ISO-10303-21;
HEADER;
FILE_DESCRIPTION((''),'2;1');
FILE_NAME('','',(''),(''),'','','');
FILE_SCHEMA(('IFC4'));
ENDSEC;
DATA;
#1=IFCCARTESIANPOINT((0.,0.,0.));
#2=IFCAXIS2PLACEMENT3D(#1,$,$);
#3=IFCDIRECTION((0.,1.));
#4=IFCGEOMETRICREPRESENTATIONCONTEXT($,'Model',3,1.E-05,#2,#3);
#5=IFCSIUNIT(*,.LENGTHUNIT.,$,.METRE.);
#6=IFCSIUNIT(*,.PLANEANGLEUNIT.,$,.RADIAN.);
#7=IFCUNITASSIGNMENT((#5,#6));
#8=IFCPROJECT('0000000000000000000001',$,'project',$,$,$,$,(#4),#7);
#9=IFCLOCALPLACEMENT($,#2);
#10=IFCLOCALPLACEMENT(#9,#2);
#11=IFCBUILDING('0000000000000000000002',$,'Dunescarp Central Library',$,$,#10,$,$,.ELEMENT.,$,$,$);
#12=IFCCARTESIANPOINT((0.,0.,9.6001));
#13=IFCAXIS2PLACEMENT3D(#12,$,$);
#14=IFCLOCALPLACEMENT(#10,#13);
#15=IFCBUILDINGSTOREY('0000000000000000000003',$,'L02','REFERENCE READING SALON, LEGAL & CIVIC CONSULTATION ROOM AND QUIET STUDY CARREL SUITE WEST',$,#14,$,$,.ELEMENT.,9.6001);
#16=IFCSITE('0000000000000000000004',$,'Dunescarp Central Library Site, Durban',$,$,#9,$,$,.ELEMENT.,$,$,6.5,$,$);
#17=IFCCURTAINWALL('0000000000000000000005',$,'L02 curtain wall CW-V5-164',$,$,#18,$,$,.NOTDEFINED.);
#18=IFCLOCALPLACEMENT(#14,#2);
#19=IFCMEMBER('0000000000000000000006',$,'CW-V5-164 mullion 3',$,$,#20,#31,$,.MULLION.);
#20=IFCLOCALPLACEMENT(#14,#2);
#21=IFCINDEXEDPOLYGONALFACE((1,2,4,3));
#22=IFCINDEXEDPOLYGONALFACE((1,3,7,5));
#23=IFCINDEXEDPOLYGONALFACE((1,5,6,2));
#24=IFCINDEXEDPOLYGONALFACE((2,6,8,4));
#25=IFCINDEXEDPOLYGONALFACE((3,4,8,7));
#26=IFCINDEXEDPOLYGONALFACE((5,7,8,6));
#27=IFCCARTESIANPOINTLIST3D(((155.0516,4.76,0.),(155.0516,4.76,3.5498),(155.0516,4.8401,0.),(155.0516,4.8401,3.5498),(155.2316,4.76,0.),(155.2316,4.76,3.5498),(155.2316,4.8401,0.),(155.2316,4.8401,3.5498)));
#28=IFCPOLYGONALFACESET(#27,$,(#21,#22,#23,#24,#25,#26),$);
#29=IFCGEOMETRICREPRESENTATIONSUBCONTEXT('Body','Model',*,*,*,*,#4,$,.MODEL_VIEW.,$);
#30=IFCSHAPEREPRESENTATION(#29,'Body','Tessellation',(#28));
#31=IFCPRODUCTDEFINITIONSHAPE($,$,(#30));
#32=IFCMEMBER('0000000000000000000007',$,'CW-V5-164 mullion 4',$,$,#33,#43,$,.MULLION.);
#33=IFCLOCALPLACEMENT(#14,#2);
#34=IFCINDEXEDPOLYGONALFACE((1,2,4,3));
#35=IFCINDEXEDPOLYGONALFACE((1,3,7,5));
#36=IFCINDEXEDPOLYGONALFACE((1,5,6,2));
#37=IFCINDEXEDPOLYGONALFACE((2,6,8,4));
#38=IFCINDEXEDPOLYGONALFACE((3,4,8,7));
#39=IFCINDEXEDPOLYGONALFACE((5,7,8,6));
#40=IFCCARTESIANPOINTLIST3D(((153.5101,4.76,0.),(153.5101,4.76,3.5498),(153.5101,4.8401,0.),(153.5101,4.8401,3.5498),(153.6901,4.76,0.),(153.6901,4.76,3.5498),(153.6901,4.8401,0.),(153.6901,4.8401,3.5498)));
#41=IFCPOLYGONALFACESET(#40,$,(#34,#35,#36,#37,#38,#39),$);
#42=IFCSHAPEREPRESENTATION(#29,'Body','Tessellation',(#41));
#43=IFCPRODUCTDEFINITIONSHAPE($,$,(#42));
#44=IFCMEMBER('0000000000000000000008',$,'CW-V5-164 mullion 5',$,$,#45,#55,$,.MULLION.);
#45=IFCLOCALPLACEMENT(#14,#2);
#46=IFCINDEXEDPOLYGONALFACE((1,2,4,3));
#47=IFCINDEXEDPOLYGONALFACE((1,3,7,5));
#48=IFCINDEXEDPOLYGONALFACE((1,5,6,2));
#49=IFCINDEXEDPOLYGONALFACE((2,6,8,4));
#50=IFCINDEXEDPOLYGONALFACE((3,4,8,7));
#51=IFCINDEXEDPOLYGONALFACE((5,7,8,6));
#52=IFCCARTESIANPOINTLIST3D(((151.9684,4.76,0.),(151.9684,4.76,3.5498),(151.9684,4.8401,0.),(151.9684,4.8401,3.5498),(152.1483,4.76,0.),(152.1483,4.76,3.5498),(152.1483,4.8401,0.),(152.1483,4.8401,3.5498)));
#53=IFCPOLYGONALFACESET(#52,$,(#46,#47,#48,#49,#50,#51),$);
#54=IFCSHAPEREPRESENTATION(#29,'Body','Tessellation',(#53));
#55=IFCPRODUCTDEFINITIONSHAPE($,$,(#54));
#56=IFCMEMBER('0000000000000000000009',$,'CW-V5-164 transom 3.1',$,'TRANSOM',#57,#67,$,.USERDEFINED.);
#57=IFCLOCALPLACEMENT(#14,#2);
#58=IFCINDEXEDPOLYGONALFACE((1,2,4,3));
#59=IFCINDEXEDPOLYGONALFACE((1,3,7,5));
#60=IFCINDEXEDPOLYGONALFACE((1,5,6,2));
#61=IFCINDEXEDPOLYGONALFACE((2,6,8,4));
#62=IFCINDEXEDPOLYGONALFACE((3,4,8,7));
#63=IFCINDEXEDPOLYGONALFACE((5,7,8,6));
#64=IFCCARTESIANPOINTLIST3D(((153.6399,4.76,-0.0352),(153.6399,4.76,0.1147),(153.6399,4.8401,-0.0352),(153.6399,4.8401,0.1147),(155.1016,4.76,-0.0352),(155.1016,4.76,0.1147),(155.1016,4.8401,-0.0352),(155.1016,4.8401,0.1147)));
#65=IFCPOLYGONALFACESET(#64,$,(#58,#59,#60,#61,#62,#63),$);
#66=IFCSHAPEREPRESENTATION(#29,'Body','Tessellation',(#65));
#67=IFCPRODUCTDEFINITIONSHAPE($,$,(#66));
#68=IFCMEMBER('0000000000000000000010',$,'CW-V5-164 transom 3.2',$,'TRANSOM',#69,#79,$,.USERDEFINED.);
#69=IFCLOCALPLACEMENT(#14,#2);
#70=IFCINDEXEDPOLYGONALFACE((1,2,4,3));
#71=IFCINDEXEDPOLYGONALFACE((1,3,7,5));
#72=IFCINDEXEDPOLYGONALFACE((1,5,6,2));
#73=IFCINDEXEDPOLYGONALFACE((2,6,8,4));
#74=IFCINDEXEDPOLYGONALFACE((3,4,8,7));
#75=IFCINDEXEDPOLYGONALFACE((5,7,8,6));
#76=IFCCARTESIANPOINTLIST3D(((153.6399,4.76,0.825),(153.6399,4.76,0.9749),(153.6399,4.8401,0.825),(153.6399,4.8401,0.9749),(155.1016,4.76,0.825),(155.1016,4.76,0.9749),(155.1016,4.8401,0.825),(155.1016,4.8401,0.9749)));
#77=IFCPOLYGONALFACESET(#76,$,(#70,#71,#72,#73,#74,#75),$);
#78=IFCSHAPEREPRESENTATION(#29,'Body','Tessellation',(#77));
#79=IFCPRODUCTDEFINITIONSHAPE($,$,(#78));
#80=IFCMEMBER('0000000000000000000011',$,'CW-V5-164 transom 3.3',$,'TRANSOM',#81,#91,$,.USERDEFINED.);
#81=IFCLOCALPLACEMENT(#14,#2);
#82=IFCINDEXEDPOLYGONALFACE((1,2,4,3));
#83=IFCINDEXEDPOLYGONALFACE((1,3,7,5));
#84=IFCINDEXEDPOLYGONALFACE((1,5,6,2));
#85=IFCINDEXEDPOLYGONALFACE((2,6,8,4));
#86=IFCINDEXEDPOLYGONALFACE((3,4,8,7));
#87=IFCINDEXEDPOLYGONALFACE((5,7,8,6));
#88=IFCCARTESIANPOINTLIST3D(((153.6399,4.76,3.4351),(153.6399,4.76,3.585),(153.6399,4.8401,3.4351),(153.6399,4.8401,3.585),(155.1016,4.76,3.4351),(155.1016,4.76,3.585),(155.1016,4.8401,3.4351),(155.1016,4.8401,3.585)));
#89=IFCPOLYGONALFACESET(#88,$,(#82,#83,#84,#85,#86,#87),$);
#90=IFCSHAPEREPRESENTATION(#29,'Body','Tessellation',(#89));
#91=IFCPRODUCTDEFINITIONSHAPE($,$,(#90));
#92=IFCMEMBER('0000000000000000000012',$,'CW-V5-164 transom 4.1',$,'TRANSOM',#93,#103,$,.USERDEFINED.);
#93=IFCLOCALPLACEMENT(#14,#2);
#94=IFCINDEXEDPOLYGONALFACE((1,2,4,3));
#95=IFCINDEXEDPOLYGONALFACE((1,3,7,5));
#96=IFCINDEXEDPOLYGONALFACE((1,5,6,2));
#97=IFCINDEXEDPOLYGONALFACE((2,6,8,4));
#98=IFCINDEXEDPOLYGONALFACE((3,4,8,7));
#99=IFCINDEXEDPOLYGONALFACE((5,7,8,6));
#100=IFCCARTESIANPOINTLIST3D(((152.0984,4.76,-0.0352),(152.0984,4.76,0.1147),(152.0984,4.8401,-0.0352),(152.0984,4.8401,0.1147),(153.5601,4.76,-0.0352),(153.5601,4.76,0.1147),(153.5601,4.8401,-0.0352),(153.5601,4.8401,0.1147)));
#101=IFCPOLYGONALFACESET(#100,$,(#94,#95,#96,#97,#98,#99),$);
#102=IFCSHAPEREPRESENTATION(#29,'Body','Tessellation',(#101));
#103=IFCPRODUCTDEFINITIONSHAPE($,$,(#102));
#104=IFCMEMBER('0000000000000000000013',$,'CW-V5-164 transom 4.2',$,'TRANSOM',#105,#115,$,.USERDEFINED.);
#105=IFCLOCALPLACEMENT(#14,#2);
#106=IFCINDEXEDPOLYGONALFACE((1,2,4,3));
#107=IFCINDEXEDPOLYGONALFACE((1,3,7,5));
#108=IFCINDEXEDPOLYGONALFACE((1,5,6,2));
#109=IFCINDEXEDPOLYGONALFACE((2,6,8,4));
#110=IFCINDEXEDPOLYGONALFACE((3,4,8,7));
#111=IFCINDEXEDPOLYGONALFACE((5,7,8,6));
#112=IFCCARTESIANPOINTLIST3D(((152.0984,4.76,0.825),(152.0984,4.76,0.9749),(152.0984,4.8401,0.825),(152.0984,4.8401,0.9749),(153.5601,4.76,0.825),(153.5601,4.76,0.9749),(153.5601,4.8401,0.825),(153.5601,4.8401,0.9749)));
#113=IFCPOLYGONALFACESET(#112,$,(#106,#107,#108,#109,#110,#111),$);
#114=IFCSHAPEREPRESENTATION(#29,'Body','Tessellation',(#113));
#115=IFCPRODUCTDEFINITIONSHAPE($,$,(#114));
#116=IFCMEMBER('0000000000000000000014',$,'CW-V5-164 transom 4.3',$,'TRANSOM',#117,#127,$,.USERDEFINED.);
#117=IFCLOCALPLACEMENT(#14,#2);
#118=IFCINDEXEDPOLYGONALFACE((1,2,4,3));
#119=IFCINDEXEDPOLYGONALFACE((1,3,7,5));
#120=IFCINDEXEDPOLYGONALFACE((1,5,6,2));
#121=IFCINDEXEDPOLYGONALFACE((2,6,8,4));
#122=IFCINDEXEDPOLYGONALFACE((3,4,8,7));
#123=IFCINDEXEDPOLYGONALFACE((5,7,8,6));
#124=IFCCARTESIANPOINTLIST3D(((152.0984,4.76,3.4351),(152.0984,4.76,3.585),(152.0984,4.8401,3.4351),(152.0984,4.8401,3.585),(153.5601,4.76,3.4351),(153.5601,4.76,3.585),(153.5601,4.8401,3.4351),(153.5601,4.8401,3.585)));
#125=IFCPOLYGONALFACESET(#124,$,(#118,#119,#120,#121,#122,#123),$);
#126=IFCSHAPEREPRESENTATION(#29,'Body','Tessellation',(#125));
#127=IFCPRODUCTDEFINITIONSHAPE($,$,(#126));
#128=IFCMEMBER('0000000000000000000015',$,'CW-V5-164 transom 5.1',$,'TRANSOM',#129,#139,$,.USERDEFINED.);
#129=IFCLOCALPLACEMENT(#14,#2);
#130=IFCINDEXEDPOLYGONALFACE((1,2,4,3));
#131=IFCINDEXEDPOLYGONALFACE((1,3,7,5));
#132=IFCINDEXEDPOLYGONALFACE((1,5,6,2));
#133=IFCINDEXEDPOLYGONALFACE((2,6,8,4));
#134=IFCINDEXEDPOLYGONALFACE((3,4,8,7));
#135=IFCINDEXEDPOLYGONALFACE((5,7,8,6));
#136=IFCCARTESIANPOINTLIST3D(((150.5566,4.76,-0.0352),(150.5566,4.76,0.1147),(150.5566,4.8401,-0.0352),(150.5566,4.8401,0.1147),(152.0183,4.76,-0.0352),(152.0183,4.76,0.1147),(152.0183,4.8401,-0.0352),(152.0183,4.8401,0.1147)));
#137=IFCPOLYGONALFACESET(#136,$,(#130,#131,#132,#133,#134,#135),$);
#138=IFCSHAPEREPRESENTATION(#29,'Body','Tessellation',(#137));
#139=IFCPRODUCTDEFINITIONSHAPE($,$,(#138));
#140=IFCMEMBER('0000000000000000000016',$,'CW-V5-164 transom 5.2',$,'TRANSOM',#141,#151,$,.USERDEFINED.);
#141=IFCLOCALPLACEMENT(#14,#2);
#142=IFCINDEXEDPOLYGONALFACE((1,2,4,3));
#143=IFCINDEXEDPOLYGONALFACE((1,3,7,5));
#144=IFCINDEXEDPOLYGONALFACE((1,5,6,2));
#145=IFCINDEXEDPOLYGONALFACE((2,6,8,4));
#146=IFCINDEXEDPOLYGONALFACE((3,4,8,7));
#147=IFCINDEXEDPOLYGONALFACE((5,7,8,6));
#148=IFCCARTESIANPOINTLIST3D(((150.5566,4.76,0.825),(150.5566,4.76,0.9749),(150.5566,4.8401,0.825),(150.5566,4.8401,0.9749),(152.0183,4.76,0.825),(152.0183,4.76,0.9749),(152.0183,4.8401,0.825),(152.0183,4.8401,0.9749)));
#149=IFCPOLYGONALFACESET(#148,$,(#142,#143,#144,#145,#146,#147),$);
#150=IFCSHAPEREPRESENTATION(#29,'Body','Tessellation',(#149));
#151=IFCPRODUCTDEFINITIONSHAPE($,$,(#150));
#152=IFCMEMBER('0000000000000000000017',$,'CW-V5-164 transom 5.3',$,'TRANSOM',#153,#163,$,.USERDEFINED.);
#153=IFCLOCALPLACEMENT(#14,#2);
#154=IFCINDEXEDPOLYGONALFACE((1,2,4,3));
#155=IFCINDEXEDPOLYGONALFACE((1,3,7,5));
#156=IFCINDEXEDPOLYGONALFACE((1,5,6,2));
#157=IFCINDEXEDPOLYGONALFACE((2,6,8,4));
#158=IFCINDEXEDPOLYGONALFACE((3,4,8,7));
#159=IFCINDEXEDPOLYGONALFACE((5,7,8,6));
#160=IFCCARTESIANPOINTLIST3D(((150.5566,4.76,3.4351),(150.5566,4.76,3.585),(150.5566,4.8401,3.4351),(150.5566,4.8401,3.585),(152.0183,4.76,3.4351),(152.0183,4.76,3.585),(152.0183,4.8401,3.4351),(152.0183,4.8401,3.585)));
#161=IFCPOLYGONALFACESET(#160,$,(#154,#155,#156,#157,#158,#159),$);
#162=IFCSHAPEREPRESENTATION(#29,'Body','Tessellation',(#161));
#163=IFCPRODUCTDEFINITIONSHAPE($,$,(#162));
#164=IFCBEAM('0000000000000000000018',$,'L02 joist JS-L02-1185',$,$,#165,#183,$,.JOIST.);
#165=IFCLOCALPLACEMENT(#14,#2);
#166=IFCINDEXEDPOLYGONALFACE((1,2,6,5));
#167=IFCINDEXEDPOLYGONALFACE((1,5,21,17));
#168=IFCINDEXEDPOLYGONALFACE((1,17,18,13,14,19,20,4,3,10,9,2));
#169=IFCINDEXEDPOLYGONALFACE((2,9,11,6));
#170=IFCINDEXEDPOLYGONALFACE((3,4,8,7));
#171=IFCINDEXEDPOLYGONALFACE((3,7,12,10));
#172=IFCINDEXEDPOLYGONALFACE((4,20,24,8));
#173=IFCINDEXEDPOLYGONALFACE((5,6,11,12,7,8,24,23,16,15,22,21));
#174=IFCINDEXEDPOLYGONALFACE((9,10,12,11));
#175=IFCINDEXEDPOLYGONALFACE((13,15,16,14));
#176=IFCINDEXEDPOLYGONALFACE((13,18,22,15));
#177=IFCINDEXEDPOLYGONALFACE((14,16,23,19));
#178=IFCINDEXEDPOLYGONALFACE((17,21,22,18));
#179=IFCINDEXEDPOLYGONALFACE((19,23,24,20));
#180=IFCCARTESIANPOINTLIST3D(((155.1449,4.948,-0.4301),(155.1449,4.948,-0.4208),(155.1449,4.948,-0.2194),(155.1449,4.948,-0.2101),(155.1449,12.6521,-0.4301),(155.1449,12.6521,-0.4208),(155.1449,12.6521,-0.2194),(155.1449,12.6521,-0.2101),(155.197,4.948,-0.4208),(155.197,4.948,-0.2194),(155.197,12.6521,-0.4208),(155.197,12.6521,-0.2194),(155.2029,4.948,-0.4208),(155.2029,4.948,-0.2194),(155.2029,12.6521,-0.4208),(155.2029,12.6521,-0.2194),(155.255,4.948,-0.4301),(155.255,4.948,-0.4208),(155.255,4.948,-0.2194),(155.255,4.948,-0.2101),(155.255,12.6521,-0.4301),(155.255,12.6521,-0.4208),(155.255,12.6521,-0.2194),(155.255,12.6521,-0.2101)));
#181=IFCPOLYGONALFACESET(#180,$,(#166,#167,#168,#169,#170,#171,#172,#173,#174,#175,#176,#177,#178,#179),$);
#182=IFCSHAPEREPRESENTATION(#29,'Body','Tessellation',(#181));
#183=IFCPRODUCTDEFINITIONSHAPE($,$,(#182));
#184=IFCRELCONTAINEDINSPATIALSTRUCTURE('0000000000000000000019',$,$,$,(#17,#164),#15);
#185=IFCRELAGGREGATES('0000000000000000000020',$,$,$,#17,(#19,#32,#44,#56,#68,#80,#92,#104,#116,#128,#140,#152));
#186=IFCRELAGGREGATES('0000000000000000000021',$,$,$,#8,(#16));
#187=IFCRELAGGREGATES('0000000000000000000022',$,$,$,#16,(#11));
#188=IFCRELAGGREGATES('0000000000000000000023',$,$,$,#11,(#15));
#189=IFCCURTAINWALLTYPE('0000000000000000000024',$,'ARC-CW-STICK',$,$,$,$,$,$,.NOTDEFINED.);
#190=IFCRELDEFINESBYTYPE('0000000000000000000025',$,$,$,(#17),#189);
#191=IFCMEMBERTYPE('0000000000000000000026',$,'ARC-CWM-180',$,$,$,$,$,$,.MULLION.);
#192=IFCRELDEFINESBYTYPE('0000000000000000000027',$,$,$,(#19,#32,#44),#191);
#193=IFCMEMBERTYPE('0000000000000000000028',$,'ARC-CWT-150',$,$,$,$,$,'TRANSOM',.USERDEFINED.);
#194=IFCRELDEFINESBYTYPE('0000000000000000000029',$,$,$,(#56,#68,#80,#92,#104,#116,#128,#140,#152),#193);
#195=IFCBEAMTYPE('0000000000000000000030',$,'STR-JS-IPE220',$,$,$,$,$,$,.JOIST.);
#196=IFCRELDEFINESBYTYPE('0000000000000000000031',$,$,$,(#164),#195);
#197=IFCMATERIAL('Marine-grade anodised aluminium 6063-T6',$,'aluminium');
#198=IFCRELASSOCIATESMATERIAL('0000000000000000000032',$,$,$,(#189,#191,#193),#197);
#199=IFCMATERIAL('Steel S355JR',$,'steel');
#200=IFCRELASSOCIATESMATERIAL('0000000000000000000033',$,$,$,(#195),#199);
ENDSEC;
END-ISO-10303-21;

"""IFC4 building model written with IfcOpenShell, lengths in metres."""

from ifc_helpers import new_model, si_unit, direction, frame, origin, origin_2d, place, context, subcontext, project, spatial, rectangle, i_section, extrude, material, material_profile, profile_set, type_object, element, aggregate, save


model = new_model("IFC4")

# Units and contexts
model_context = context("Model", 3, precision=1e-05, world=origin(), true_north=direction((0.0, 1.0)))
body_context = subcontext(model_context, "Body", "Model", "MODEL_VIEW")
ifc_project = project(units=[si_unit("LENGTHUNIT", "METRE"), si_unit("PLANEANGLEUNIT", "RADIAN")], contexts=[model_context])

# Site, building, storey
site_placement = place(None, origin())
site = spatial("IfcSite", under=ifc_project, at=site_placement, Name="Dunescarp Central Library Site, Durban", CompositionType="ELEMENT", RefElevation=6.5)
building_placement = place(site_placement, origin())
building = spatial("IfcBuilding", under=site, at=building_placement, Name="Dunescarp Central Library", CompositionType="ELEMENT")
storey_placement = place(building_placement, frame((0.0, 0.0, 9.6001)))
storey = spatial("IfcBuildingStorey", under=building, at=storey_placement, Name="L02", Description="REFERENCE READING SALON, LEGAL & CIVIC CONSULTATION ROOM AND QUIET STUDY CARREL SUITE WEST", CompositionType="ELEMENT", Elevation=9.6001)

# Curtain wall, members
ifc_material_1 = material(Name="Marine-grade anodised aluminium 6063-T6", Category="aluminium")
curtain_wall_type = type_object("IfcCurtainWallType", Name="ARC-CW-STICK", PredefinedType="NOTDEFINED", material=ifc_material_1)
curtain_wall_placement = place(storey_placement, origin())
curtain_wall = element("IfcCurtainWall", 1, at=curtain_wall_placement, inside=storey, type_object=curtain_wall_type, Name="L02 curtain wall CW-V5-164", PredefinedType="NOTDEFINED")
ifc_material_profile_1 = material_profile(ifc_material_1, rectangle(XDim=0.0801, YDim=0.1799, at=origin_2d()), Name="AL 80x180")
ifc_profile_set_1 = profile_set([ifc_material_profile_1], Name="Marine-grade anodised aluminium 6063-T6")
member_type_1 = type_object("IfcMemberType", Name="ARC-CWM-180", PredefinedType="MULLION", material=ifc_profile_set_1)
member_1_placement = place(storey_placement, frame((155.1416, 4.8, 0.0), z_axis=(0.0, 0.0, 1.0), x_axis=(0.0, -1.0, 0.0)))
member_1 = element("IfcMember", 2, at=member_1_placement, type_object=member_type_1, Name="CW-V5-164 mullion 3", PredefinedType="MULLION", context=body_context, shape_type="SweptSolid", body=[
    extrude(rectangle(XDim=0.0801, YDim=0.1799, at=origin_2d()), origin(), (0.0, 0.0, 1.0), 3.5498),
])
member_2_placement = place(storey_placement, frame((153.6001, 4.8, 0.0), z_axis=(0.0, 0.0, 1.0), x_axis=(0.0, -1.0, 0.0)))
member_2 = element("IfcMember", 3, at=member_2_placement, type_object=member_type_1, Name="CW-V5-164 mullion 4", PredefinedType="MULLION", context=body_context, shape_type="SweptSolid", body=[
    extrude(rectangle(XDim=0.0801, YDim=0.1799, at=origin_2d()), origin(), (0.0, 0.0, 1.0), 3.5498),
])
member_3_placement = place(storey_placement, frame((152.0583, 4.8, 0.0), z_axis=(0.0, 0.0, 1.0), x_axis=(0.0, -1.0, 0.0)))
member_3 = element("IfcMember", 4, at=member_3_placement, type_object=member_type_1, Name="CW-V5-164 mullion 5", PredefinedType="MULLION", context=body_context, shape_type="SweptSolid", body=[
    extrude(rectangle(XDim=0.0801, YDim=0.1799, at=origin_2d()), origin(), (0.0, 0.0, 1.0), 3.5498),
])
ifc_material_profile_2 = material_profile(ifc_material_1, rectangle(XDim=0.0801, YDim=0.1499, at=origin_2d()), Name="AL 80x150")
ifc_profile_set_2 = profile_set([ifc_material_profile_2], Name="Marine-grade anodised aluminium 6063-T6")
member_type_2 = type_object("IfcMemberType", Name="ARC-CWT-150", ElementType="TRANSOM", PredefinedType="USERDEFINED", material=ifc_profile_set_2)
member_4_placement = place(storey_placement, frame((155.1016, 4.8, 0.0398), z_axis=(-1.0, 0.0, 0.0), x_axis=(0.0, -1.0, 0.0)))
member_4 = element("IfcMember", 5, at=member_4_placement, type_object=member_type_2, Name="CW-V5-164 transom 3.1", ObjectType="TRANSOM", PredefinedType="USERDEFINED", context=body_context, shape_type="SweptSolid", body=[
    extrude(rectangle(XDim=0.0801, YDim=0.1499, at=origin_2d()), origin(), (0.0, 0.0, 1.0), 1.4617),
])
member_5_placement = place(storey_placement, frame((155.1016, 4.8, 0.8999), z_axis=(-1.0, 0.0, 0.0), x_axis=(0.0, -1.0, 0.0)))
member_5 = element("IfcMember", 6, at=member_5_placement, type_object=member_type_2, Name="CW-V5-164 transom 3.2", ObjectType="TRANSOM", PredefinedType="USERDEFINED", context=body_context, shape_type="SweptSolid", body=[
    extrude(rectangle(XDim=0.0801, YDim=0.1499, at=origin_2d()), origin(), (0.0, 0.0, 1.0), 1.4617),
])
member_6_placement = place(storey_placement, frame((155.1016, 4.8, 3.51), z_axis=(-1.0, 0.0, 0.0), x_axis=(0.0, -1.0, 0.0)))
member_6 = element("IfcMember", 7, at=member_6_placement, type_object=member_type_2, Name="CW-V5-164 transom 3.3", ObjectType="TRANSOM", PredefinedType="USERDEFINED", context=body_context, shape_type="SweptSolid", body=[
    extrude(rectangle(XDim=0.0801, YDim=0.1499, at=origin_2d()), origin(), (0.0, 0.0, 1.0), 1.4617),
])
member_7_placement = place(storey_placement, frame((153.5601, 4.8, 0.0398), z_axis=(-1.0, 0.0, 0.0), x_axis=(0.0, -1.0, 0.0)))
member_7 = element("IfcMember", 8, at=member_7_placement, type_object=member_type_2, Name="CW-V5-164 transom 4.1", ObjectType="TRANSOM", PredefinedType="USERDEFINED", context=body_context, shape_type="SweptSolid", body=[
    extrude(rectangle(XDim=0.0801, YDim=0.1499, at=origin_2d()), origin(), (0.0, 0.0, 1.0), 1.4617),
])
member_8_placement = place(storey_placement, frame((153.5601, 4.8, 0.8999), z_axis=(-1.0, 0.0, 0.0), x_axis=(0.0, -1.0, 0.0)))
member_8 = element("IfcMember", 9, at=member_8_placement, type_object=member_type_2, Name="CW-V5-164 transom 4.2", ObjectType="TRANSOM", PredefinedType="USERDEFINED", context=body_context, shape_type="SweptSolid", body=[
    extrude(rectangle(XDim=0.0801, YDim=0.1499, at=origin_2d()), origin(), (0.0, 0.0, 1.0), 1.4617),
])
member_9_placement = place(storey_placement, frame((153.5601, 4.8, 3.51), z_axis=(-1.0, 0.0, 0.0), x_axis=(0.0, -1.0, 0.0)))
member_9 = element("IfcMember", 10, at=member_9_placement, type_object=member_type_2, Name="CW-V5-164 transom 4.3", ObjectType="TRANSOM", PredefinedType="USERDEFINED", context=body_context, shape_type="SweptSolid", body=[
    extrude(rectangle(XDim=0.0801, YDim=0.1499, at=origin_2d()), origin(), (0.0, 0.0, 1.0), 1.4617),
])
member_10_placement = place(storey_placement, frame((152.0183, 4.8, 0.0398), z_axis=(-1.0, 0.0, 0.0), x_axis=(0.0, -1.0, 0.0)))
member_10 = element("IfcMember", 11, at=member_10_placement, type_object=member_type_2, Name="CW-V5-164 transom 5.1", ObjectType="TRANSOM", PredefinedType="USERDEFINED", context=body_context, shape_type="SweptSolid", body=[
    extrude(rectangle(XDim=0.0801, YDim=0.1499, at=origin_2d()), origin(), (0.0, 0.0, 1.0), 1.4617),
])
member_11_placement = place(storey_placement, frame((152.0183, 4.8, 0.8999), z_axis=(-1.0, 0.0, 0.0), x_axis=(0.0, -1.0, 0.0)))
member_11 = element("IfcMember", 12, at=member_11_placement, type_object=member_type_2, Name="CW-V5-164 transom 5.2", ObjectType="TRANSOM", PredefinedType="USERDEFINED", context=body_context, shape_type="SweptSolid", body=[
    extrude(rectangle(XDim=0.0801, YDim=0.1499, at=origin_2d()), origin(), (0.0, 0.0, 1.0), 1.4617),
])
member_12_placement = place(storey_placement, frame((152.0183, 4.8, 3.51), z_axis=(-1.0, 0.0, 0.0), x_axis=(0.0, -1.0, 0.0)))
member_12 = element("IfcMember", 13, at=member_12_placement, type_object=member_type_2, Name="CW-V5-164 transom 5.3", ObjectType="TRANSOM", PredefinedType="USERDEFINED", context=body_context, shape_type="SweptSolid", body=[
    extrude(rectangle(XDim=0.0801, YDim=0.1499, at=origin_2d()), origin(), (0.0, 0.0, 1.0), 1.4617),
])

# Beam
ifc_material_2 = material(Name="Steel S355JR", Category="steel")
ifc_material_profile_3 = material_profile(ifc_material_2, i_section(OverallWidth=0.1101, OverallDepth=0.22, WebThickness=0.0059, FlangeThickness=0.0093, at=origin_2d()), Name="IPE 220")
ifc_profile_set_3 = profile_set([ifc_material_profile_3], Name="Steel S355JR")
beam_type = type_object("IfcBeamType", Name="STR-JS-IPE220", PredefinedType="JOIST", material=ifc_profile_set_3)
beam_placement = place(storey_placement, frame((155.2, 4.948, -0.3201), z_axis=(0.0, 1.0, 0.0), x_axis=(-1.0, 0.0, 0.0)))
element("IfcBeam", 14, at=beam_placement, inside=storey, type_object=beam_type, Name="L02 joist JS-L02-1185", PredefinedType="JOIST", context=body_context, shape_type="SweptSolid", body=[
    extrude(i_section(OverallWidth=0.1101, OverallDepth=0.22, WebThickness=0.0059, FlangeThickness=0.0093, at=origin_2d()), origin(), (0.0, 0.0, 1.0), 7.7041),
])

aggregate(curtain_wall, [member_1, member_2, member_3, member_4, member_5, member_6, member_7, member_8, member_9, member_10, member_11, member_12])

save(model, "model.ifc")
